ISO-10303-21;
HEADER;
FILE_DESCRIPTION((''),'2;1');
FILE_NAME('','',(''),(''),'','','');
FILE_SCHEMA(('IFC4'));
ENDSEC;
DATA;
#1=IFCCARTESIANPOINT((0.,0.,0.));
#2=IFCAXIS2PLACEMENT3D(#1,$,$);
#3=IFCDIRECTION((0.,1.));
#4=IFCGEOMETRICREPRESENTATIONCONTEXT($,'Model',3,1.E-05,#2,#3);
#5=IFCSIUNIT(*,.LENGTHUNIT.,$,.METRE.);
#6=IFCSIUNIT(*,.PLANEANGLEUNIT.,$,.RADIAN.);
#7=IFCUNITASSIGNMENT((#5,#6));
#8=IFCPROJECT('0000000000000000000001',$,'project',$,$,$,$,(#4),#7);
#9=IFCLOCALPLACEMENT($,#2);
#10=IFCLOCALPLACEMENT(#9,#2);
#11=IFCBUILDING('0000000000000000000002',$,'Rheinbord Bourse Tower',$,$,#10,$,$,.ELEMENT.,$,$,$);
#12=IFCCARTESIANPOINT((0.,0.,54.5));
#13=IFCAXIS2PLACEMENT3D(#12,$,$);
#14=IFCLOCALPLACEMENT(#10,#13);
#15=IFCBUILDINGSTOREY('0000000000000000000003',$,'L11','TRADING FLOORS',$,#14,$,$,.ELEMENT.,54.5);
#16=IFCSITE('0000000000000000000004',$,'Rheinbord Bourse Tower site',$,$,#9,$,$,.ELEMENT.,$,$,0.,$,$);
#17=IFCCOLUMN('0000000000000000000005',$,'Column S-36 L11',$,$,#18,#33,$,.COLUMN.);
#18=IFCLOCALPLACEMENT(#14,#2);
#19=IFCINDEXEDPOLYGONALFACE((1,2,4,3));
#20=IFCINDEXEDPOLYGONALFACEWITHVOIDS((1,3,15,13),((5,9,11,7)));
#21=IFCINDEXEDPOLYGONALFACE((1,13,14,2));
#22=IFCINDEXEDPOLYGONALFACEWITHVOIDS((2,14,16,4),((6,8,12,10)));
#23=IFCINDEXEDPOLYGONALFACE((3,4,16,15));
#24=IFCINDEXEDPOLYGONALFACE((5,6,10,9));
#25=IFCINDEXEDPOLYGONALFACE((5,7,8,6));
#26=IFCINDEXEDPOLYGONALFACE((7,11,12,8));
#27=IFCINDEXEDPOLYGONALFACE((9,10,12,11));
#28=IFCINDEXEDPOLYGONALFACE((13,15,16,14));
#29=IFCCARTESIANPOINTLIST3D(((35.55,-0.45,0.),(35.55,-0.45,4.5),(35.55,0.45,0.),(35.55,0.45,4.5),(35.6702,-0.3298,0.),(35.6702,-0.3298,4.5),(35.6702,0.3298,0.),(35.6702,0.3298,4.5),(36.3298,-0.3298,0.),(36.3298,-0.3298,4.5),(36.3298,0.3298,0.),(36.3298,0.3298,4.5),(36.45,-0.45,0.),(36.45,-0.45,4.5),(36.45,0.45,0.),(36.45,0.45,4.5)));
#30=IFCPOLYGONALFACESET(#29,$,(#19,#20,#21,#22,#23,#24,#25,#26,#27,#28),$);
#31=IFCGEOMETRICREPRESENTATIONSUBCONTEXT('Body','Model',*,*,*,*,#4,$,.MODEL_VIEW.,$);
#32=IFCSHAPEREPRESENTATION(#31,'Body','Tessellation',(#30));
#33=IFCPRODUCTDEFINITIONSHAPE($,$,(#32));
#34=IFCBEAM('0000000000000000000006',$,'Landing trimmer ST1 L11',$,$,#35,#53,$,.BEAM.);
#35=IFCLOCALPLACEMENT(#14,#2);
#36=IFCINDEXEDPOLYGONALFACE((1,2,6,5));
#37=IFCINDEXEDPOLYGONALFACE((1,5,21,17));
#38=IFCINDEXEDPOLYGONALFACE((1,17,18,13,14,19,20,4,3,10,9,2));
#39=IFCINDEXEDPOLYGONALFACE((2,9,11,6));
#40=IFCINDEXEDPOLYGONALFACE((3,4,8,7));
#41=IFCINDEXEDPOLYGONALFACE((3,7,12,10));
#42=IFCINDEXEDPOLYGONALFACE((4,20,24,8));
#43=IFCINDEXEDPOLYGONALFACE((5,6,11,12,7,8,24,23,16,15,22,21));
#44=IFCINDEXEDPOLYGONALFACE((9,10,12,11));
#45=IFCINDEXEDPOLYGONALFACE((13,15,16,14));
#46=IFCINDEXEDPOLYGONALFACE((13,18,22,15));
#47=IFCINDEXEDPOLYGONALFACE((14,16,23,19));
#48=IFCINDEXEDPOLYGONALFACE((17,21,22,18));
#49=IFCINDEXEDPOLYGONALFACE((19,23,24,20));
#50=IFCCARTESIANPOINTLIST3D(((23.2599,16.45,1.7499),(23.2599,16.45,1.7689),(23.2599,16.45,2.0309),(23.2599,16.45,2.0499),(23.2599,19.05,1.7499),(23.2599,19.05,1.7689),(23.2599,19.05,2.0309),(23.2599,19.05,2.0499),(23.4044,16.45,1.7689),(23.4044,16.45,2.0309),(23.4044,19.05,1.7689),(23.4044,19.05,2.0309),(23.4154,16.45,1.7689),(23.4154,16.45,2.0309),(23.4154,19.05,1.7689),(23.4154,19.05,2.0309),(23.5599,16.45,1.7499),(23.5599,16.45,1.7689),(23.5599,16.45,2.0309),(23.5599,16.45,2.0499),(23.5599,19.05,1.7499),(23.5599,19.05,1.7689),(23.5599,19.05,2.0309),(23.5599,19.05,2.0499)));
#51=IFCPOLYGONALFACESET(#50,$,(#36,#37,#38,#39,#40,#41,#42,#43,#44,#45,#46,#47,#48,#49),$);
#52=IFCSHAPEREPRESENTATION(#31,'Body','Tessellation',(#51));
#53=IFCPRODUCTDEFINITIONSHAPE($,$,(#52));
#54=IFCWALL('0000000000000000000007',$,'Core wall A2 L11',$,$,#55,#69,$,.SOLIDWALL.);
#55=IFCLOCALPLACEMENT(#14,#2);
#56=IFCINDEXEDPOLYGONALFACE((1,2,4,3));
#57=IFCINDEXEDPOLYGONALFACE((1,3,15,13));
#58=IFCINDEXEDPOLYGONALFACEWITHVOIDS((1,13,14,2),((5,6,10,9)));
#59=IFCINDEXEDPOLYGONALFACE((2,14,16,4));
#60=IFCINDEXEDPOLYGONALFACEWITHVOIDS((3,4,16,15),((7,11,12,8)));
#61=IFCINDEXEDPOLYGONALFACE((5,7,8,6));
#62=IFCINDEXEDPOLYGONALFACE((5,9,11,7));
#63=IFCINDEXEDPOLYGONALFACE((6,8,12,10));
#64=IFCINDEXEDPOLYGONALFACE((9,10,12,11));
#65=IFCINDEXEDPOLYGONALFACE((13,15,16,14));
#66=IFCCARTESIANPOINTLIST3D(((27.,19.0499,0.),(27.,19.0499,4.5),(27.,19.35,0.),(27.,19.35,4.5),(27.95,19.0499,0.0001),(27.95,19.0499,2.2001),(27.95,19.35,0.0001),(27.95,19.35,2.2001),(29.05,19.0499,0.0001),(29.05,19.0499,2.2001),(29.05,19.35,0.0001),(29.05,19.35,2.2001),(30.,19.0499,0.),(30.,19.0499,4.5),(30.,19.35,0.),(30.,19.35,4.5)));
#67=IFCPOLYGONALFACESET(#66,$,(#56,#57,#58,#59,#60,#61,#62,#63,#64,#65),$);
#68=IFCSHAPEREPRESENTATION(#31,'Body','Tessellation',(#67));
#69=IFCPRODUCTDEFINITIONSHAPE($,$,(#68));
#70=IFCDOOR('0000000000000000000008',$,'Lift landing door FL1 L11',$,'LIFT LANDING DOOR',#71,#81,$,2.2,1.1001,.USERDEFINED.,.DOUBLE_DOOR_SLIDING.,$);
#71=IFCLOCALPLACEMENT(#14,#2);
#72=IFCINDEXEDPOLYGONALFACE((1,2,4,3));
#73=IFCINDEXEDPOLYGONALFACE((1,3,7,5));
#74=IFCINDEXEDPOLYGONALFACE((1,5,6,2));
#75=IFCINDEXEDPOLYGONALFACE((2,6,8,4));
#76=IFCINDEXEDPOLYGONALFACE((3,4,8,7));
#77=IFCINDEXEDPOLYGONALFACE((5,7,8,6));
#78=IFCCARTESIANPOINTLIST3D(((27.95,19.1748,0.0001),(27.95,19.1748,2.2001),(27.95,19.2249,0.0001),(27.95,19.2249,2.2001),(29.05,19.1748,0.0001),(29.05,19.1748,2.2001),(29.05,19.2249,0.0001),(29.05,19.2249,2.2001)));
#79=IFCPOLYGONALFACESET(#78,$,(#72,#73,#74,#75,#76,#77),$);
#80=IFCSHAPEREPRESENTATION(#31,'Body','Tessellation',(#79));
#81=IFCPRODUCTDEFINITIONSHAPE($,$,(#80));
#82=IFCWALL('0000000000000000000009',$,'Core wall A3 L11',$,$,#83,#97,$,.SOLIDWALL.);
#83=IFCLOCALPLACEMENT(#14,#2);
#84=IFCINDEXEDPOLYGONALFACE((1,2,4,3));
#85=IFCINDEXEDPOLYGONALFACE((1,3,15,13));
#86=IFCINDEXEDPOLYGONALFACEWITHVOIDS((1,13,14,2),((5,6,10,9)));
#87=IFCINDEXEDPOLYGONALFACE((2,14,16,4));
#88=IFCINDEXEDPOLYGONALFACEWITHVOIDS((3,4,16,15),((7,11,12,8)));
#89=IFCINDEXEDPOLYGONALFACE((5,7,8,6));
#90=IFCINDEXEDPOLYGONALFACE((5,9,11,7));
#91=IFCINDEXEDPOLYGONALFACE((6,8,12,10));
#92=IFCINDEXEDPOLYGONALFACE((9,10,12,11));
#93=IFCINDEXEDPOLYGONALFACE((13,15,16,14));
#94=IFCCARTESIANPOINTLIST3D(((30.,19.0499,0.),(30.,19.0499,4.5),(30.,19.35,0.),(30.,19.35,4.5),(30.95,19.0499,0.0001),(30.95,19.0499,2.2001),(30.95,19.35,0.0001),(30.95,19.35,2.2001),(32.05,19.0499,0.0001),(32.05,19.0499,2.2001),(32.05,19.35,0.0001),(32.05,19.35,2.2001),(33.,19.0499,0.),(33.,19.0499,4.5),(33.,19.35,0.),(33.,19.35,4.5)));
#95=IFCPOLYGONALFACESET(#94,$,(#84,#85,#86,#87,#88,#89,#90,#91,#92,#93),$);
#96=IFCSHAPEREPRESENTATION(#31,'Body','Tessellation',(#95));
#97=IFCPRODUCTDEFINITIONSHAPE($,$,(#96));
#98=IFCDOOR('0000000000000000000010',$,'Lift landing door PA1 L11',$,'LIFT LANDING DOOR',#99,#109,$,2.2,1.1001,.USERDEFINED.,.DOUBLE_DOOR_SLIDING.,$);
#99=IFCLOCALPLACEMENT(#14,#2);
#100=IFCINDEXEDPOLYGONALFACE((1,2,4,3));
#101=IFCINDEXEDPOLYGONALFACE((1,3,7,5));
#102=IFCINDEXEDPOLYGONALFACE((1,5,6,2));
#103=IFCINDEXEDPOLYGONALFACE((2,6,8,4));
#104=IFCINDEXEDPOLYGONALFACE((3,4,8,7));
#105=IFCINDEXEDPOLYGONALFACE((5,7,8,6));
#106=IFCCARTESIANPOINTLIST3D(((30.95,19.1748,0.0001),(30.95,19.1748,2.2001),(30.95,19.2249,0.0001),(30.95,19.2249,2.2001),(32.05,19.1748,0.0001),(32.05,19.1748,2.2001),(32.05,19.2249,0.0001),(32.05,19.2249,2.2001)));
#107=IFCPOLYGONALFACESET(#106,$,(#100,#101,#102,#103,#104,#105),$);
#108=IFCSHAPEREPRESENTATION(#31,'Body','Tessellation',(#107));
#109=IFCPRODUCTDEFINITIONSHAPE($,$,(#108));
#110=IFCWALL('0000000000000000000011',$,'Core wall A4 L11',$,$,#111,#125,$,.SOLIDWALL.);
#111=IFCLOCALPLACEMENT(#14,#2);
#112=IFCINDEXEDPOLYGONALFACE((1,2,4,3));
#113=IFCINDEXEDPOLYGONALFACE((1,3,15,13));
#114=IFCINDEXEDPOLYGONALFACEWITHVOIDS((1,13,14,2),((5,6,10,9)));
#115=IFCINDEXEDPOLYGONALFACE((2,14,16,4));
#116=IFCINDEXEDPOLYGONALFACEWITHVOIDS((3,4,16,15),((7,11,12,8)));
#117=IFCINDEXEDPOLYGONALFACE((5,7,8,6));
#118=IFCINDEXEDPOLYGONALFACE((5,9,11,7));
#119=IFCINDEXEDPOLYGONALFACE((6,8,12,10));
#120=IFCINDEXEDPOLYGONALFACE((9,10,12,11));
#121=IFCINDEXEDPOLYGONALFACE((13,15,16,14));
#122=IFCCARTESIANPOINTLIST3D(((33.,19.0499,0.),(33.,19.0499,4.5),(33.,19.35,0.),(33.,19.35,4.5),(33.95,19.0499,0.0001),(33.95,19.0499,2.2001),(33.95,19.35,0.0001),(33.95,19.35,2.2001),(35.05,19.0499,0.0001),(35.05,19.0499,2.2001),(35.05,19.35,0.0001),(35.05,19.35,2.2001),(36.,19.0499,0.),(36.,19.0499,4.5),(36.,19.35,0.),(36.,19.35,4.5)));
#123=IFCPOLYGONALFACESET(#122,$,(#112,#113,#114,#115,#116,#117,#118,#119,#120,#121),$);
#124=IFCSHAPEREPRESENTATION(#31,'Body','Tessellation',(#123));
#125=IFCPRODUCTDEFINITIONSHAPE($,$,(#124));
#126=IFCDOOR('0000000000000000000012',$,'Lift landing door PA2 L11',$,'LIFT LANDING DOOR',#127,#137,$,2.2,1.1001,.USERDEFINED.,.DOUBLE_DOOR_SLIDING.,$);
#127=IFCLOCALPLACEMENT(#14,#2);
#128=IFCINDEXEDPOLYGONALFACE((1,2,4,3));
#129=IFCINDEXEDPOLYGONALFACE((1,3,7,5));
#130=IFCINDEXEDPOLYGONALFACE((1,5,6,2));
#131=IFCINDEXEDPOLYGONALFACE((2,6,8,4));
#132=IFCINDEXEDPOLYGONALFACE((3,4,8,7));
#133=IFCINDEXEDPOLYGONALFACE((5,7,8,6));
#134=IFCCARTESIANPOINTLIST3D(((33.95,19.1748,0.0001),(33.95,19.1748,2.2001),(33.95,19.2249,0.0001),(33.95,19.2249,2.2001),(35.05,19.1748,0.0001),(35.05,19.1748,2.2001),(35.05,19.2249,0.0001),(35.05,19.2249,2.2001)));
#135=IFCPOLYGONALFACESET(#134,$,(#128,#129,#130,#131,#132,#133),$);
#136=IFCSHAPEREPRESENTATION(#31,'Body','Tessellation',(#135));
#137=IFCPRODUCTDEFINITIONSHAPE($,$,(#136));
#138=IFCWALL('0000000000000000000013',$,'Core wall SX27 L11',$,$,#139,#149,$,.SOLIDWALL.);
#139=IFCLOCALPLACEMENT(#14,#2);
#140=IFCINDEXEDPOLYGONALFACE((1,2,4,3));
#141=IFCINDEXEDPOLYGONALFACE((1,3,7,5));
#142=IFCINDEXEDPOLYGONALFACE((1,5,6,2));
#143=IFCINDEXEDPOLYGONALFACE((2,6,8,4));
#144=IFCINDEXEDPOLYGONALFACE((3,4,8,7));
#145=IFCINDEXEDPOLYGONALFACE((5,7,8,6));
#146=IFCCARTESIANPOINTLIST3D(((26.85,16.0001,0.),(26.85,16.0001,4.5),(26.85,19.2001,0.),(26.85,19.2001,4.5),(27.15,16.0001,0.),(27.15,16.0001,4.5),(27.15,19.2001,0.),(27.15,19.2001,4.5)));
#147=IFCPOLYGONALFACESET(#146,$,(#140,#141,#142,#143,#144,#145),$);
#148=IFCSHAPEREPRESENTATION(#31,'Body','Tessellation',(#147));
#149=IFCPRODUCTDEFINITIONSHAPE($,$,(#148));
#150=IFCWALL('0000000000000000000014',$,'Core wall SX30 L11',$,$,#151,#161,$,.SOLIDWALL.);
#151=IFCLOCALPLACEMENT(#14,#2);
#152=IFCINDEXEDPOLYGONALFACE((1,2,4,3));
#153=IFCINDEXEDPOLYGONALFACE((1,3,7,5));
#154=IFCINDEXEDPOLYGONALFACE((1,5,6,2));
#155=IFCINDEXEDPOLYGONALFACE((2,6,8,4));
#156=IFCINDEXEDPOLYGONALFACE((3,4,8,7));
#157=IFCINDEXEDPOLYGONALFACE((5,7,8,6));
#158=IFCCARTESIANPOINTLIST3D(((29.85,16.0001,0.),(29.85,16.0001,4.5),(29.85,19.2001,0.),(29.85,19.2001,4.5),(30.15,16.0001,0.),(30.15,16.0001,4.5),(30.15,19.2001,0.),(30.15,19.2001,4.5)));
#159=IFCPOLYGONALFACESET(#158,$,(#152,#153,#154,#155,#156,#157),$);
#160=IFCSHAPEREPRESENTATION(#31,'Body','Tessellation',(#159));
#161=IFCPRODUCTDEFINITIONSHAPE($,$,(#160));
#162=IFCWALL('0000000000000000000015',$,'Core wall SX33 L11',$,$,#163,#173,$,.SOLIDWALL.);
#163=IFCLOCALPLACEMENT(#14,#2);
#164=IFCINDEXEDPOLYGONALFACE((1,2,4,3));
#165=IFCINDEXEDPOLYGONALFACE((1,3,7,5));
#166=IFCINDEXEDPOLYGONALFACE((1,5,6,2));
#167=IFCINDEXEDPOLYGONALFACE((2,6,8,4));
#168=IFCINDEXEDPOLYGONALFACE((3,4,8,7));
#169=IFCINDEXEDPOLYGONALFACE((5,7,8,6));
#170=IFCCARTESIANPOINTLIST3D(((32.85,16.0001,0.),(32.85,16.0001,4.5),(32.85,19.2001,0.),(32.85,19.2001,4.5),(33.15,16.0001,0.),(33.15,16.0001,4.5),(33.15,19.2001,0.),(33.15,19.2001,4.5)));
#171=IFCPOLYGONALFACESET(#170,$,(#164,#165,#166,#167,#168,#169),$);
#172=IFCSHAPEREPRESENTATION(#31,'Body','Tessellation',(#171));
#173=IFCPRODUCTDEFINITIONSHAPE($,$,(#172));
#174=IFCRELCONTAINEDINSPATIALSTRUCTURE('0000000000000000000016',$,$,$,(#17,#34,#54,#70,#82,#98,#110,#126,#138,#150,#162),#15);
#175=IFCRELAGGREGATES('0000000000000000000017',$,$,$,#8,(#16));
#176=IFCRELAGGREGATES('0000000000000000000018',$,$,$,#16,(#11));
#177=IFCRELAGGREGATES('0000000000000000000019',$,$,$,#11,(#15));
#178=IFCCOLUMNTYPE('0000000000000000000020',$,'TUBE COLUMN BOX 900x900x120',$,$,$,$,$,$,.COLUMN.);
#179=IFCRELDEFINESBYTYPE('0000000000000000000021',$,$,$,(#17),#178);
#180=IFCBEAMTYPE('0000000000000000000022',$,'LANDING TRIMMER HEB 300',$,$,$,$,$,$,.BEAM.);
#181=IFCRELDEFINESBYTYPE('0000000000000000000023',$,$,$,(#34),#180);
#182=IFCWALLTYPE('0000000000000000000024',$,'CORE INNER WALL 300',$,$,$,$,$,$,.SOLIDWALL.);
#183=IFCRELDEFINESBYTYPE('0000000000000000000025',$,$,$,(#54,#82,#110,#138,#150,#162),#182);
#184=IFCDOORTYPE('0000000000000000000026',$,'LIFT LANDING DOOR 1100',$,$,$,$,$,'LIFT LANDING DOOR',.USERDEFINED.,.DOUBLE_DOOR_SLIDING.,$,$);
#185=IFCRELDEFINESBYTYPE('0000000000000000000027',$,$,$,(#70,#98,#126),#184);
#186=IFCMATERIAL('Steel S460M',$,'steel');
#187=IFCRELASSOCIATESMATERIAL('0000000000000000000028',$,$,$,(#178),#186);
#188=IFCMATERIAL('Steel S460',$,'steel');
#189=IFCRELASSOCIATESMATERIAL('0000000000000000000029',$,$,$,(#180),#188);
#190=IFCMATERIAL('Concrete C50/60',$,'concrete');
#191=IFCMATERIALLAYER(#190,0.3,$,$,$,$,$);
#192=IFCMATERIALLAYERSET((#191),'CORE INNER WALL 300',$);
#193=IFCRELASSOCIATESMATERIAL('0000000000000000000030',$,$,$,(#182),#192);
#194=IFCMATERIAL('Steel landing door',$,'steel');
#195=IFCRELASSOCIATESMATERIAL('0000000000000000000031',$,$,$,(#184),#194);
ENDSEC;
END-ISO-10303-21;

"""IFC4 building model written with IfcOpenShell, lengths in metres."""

from ifc_helpers import new_model, si_unit, direction, frame, frame_2d, origin, origin_2d, place, context, subcontext, project, spatial, rectangle, hollow_rectangle, i_section, extrude, material, layer, layer_set, material_profile, profile_set, type_object, element, fill, save


model = new_model("IFC4")

# Units and contexts
model_context = context("Model", 3, precision=1e-05, world=origin(), true_north=direction((0.0, 1.0)))
body_context = subcontext(model_context, "Body", "Model", "MODEL_VIEW")
ifc_project = project(units=[si_unit("LENGTHUNIT", "METRE"), si_unit("PLANEANGLEUNIT", "RADIAN")], contexts=[model_context])

# Site, building, storey
site_placement = place(None, origin())
site = spatial("IfcSite", under=ifc_project, at=site_placement, Name="Rheinbord Bourse Tower site", CompositionType="ELEMENT", RefElevation=0.0)
building_placement = place(site_placement, origin())
building = spatial("IfcBuilding", under=site, at=building_placement, Name="Rheinbord Bourse Tower", CompositionType="ELEMENT")
storey_placement = place(building_placement, frame((0.0, 0.0, 54.5)))
storey = spatial("IfcBuildingStorey", under=building, at=storey_placement, Name="L11", Description="TRADING FLOORS", CompositionType="ELEMENT", Elevation=54.5)

# Column
ifc_material_1 = material(Name="Steel S460M", Category="steel")
ifc_material_profile_1 = material_profile(ifc_material_1, hollow_rectangle(XDim=0.8999, YDim=0.8999, WallThickness=0.1201, at=origin_2d()), Name="BOX 900x900x120")
ifc_profile_set_1 = profile_set([ifc_material_profile_1], Name="Steel S460M")
column_type = type_object("IfcColumnType", Name="TUBE COLUMN BOX 900x900x120", PredefinedType="COLUMN", material=ifc_profile_set_1)
column_placement = place(storey_placement, frame((36.0, 0.0, 0.0), z_axis=(0.0, 0.0, 1.0), x_axis=(0.0, 1.0, 0.0)))
element("IfcColumn", 1, at=column_placement, inside=storey, type_object=column_type, Name="Column S-36 L11", PredefinedType="COLUMN", context=body_context, shape_type="SweptSolid", body=[
    extrude(hollow_rectangle(XDim=0.8999, YDim=0.8999, WallThickness=0.1201, at=origin_2d()), origin(), (0.0, 0.0, 1.0), 4.5),
])

# Beam
ifc_material_2 = material(Name="Steel S460", Category="steel")
ifc_material_profile_2 = material_profile(ifc_material_2, i_section(OverallWidth=0.3, OverallDepth=0.3, WebThickness=0.011, FlangeThickness=0.019, at=origin_2d()), Name="HEB 300")
ifc_profile_set_2 = profile_set([ifc_material_profile_2], Name="Steel S460")
beam_type = type_object("IfcBeamType", Name="LANDING TRIMMER HEB 300", PredefinedType="BEAM", material=ifc_profile_set_2)
beam_placement = place(storey_placement, frame((23.4099, 16.45, 1.8999), z_axis=(0.0, 1.0, 0.0), x_axis=(-1.0, 0.0, 0.0)))
element("IfcBeam", 2, at=beam_placement, inside=storey, type_object=beam_type, Name="Landing trimmer ST1 L11", PredefinedType="BEAM", context=body_context, shape_type="SweptSolid", body=[
    extrude(i_section(OverallWidth=0.3, OverallDepth=0.3, WebThickness=0.011, FlangeThickness=0.019, at=origin_2d()), origin(), (0.0, 0.0, 1.0), 2.6001),
])

# Walls, openings, doors
ifc_material_3 = material(Name="Concrete C50/60", Category="concrete")
ifc_layer_1 = layer(ifc_material_3, 0.3)
ifc_layer_set_1 = layer_set([ifc_layer_1], Name="CORE INNER WALL 300")
wall_type_1 = type_object("IfcWallType", Name="CORE INNER WALL 300", PredefinedType="SOLIDWALL", material=ifc_layer_set_1)
wall_1_placement = place(storey_placement, frame((27.0, 19.2, 0.0), z_axis=(0.0, 0.0, 1.0), x_axis=(1.0, 0.0, 0.0)))
wall_1 = element("IfcWall", 3, at=wall_1_placement, inside=storey, type_object=wall_type_1, Name="Core wall A2 L11", PredefinedType="SOLIDWALL", context=body_context, shape_type="SweptSolid", body=[
    extrude(rectangle(XDim=3.0, YDim=0.3, at=frame_2d((1.5, 0.0))), origin(), (0.0, 0.0, 1.0), 4.5),
])
opening_1_placement = place(wall_1_placement, frame((0.95, 0.0, 0.0)))
opening_1 = element("IfcOpeningElement", 4, at=opening_1_placement, cuts=wall_1, PredefinedType="OPENING", context=body_context, shape_type="SweptSolid", body=[
    extrude(rectangle(XDim=1.1001, YDim=2.2, at=frame_2d((0.55, 1.1001))), frame((0.0, 0.1599, 0.0), z_axis=(0.0, -1.0, 0.0), x_axis=(1.0, 0.0, 0.0)), (0.0, 0.0, 1.0), 0.3201),
])
ifc_material_4 = material(Name="Steel landing door", Category="steel")
door_type_1 = type_object("IfcDoorType", Name="LIFT LANDING DOOR 1100", ElementType="LIFT LANDING DOOR", OperationType="DOUBLE_DOOR_SLIDING", PredefinedType="USERDEFINED", material=ifc_material_4)
door_1_placement = place(opening_1_placement, origin())
door_1 = element("IfcDoor", 5, at=door_1_placement, inside=storey, type_object=door_type_1, Name="Lift landing door FL1 L11", ObjectType="LIFT LANDING DOOR", OperationType="DOUBLE_DOOR_SLIDING", OverallHeight=2.2, OverallWidth=1.1001, PredefinedType="USERDEFINED", context=body_context, shape_type="SweptSolid", body=[
    extrude(rectangle(XDim=1.1001, YDim=2.2, at=frame_2d((0.55, 1.1001))), frame((0.0, 0.0249, 0.0), z_axis=(0.0, -1.0, 0.0), x_axis=(1.0, 0.0, 0.0)), (0.0, 0.0, 1.0), 0.05),
])
fill(opening_1, door_1)
wall_2_placement = place(storey_placement, frame((30.0, 19.2, 0.0), z_axis=(0.0, 0.0, 1.0), x_axis=(1.0, 0.0, 0.0)))
wall_2 = element("IfcWall", 6, at=wall_2_placement, inside=storey, type_object=wall_type_1, Name="Core wall A3 L11", PredefinedType="SOLIDWALL", context=body_context, shape_type="SweptSolid", body=[
    extrude(rectangle(XDim=3.0, YDim=0.3, at=frame_2d((1.5, 0.0))), origin(), (0.0, 0.0, 1.0), 4.5),
])
opening_2_placement = place(wall_2_placement, frame((0.95, 0.0, 0.0)))
opening_2 = element("IfcOpeningElement", 7, at=opening_2_placement, cuts=wall_2, PredefinedType="OPENING", context=body_context, shape_type="SweptSolid", body=[
    extrude(rectangle(XDim=1.1001, YDim=2.2, at=frame_2d((0.55, 1.1001))), frame((0.0, 0.1599, 0.0), z_axis=(0.0, -1.0, 0.0), x_axis=(1.0, 0.0, 0.0)), (0.0, 0.0, 1.0), 0.3201),
])
door_2_placement = place(opening_2_placement, origin())
door_2 = element("IfcDoor", 8, at=door_2_placement, inside=storey, type_object=door_type_1, Name="Lift landing door PA1 L11", ObjectType="LIFT LANDING DOOR", OperationType="DOUBLE_DOOR_SLIDING", OverallHeight=2.2, OverallWidth=1.1001, PredefinedType="USERDEFINED", context=body_context, shape_type="SweptSolid", body=[
    extrude(rectangle(XDim=1.1001, YDim=2.2, at=frame_2d((0.55, 1.1001))), frame((0.0, 0.0249, 0.0), z_axis=(0.0, -1.0, 0.0), x_axis=(1.0, 0.0, 0.0)), (0.0, 0.0, 1.0), 0.05),
])
fill(opening_2, door_2)
wall_3_placement = place(storey_placement, frame((33.0, 19.2, 0.0), z_axis=(0.0, 0.0, 1.0), x_axis=(1.0, 0.0, 0.0)))
wall_3 = element("IfcWall", 9, at=wall_3_placement, inside=storey, type_object=wall_type_1, Name="Core wall A4 L11", PredefinedType="SOLIDWALL", context=body_context, shape_type="SweptSolid", body=[
    extrude(rectangle(XDim=3.0, YDim=0.3, at=frame_2d((1.5, 0.0))), origin(), (0.0, 0.0, 1.0), 4.5),
])
opening_3_placement = place(wall_3_placement, frame((0.95, 0.0, 0.0)))
opening_3 = element("IfcOpeningElement", 10, at=opening_3_placement, cuts=wall_3, PredefinedType="OPENING", context=body_context, shape_type="SweptSolid", body=[
    extrude(rectangle(XDim=1.1001, YDim=2.2, at=frame_2d((0.55, 1.1001))), frame((0.0, 0.1599, 0.0), z_axis=(0.0, -1.0, 0.0), x_axis=(1.0, 0.0, 0.0)), (0.0, 0.0, 1.0), 0.3201),
])
door_3_placement = place(opening_3_placement, origin())
door_3 = element("IfcDoor", 11, at=door_3_placement, inside=storey, type_object=door_type_1, Name="Lift landing door PA2 L11", ObjectType="LIFT LANDING DOOR", OperationType="DOUBLE_DOOR_SLIDING", OverallHeight=2.2, OverallWidth=1.1001, PredefinedType="USERDEFINED", context=body_context, shape_type="SweptSolid", body=[
    extrude(rectangle(XDim=1.1001, YDim=2.2, at=frame_2d((0.55, 1.1001))), frame((0.0, 0.0249, 0.0), z_axis=(0.0, -1.0, 0.0), x_axis=(1.0, 0.0, 0.0)), (0.0, 0.0, 1.0), 0.05),
])
fill(opening_3, door_3)

# Walls
for number, where, z_axis, x_axis, name in (
    (12, (27.0, 16.0, 0.0), (0.0, 0.0, 1.0), (0.0, 1.0, 0.0), "Core wall SX27 L11"),
    (13, (30.0, 16.0, 0.0), (0.0, 0.0, 1.0), (0.0, 1.0, 0.0), "Core wall SX30 L11"),
    (14, (33.0, 16.0, 0.0), (0.0, 0.0, 1.0), (0.0, 1.0, 0.0), "Core wall SX33 L11"),
):
    element("IfcWall", number, at=place(storey_placement, frame(where, z_axis=z_axis, x_axis=x_axis)), inside=storey, type_object=wall_type_1, Name=name, PredefinedType="SOLIDWALL", context=body_context, shape_type="SweptSolid", body=[
        extrude(rectangle(XDim=3.2, YDim=0.3, at=frame_2d((1.6001, 0.0))), origin(), (0.0, 0.0, 1.0), 4.5),
    ])

save(model, "model.ifc")
